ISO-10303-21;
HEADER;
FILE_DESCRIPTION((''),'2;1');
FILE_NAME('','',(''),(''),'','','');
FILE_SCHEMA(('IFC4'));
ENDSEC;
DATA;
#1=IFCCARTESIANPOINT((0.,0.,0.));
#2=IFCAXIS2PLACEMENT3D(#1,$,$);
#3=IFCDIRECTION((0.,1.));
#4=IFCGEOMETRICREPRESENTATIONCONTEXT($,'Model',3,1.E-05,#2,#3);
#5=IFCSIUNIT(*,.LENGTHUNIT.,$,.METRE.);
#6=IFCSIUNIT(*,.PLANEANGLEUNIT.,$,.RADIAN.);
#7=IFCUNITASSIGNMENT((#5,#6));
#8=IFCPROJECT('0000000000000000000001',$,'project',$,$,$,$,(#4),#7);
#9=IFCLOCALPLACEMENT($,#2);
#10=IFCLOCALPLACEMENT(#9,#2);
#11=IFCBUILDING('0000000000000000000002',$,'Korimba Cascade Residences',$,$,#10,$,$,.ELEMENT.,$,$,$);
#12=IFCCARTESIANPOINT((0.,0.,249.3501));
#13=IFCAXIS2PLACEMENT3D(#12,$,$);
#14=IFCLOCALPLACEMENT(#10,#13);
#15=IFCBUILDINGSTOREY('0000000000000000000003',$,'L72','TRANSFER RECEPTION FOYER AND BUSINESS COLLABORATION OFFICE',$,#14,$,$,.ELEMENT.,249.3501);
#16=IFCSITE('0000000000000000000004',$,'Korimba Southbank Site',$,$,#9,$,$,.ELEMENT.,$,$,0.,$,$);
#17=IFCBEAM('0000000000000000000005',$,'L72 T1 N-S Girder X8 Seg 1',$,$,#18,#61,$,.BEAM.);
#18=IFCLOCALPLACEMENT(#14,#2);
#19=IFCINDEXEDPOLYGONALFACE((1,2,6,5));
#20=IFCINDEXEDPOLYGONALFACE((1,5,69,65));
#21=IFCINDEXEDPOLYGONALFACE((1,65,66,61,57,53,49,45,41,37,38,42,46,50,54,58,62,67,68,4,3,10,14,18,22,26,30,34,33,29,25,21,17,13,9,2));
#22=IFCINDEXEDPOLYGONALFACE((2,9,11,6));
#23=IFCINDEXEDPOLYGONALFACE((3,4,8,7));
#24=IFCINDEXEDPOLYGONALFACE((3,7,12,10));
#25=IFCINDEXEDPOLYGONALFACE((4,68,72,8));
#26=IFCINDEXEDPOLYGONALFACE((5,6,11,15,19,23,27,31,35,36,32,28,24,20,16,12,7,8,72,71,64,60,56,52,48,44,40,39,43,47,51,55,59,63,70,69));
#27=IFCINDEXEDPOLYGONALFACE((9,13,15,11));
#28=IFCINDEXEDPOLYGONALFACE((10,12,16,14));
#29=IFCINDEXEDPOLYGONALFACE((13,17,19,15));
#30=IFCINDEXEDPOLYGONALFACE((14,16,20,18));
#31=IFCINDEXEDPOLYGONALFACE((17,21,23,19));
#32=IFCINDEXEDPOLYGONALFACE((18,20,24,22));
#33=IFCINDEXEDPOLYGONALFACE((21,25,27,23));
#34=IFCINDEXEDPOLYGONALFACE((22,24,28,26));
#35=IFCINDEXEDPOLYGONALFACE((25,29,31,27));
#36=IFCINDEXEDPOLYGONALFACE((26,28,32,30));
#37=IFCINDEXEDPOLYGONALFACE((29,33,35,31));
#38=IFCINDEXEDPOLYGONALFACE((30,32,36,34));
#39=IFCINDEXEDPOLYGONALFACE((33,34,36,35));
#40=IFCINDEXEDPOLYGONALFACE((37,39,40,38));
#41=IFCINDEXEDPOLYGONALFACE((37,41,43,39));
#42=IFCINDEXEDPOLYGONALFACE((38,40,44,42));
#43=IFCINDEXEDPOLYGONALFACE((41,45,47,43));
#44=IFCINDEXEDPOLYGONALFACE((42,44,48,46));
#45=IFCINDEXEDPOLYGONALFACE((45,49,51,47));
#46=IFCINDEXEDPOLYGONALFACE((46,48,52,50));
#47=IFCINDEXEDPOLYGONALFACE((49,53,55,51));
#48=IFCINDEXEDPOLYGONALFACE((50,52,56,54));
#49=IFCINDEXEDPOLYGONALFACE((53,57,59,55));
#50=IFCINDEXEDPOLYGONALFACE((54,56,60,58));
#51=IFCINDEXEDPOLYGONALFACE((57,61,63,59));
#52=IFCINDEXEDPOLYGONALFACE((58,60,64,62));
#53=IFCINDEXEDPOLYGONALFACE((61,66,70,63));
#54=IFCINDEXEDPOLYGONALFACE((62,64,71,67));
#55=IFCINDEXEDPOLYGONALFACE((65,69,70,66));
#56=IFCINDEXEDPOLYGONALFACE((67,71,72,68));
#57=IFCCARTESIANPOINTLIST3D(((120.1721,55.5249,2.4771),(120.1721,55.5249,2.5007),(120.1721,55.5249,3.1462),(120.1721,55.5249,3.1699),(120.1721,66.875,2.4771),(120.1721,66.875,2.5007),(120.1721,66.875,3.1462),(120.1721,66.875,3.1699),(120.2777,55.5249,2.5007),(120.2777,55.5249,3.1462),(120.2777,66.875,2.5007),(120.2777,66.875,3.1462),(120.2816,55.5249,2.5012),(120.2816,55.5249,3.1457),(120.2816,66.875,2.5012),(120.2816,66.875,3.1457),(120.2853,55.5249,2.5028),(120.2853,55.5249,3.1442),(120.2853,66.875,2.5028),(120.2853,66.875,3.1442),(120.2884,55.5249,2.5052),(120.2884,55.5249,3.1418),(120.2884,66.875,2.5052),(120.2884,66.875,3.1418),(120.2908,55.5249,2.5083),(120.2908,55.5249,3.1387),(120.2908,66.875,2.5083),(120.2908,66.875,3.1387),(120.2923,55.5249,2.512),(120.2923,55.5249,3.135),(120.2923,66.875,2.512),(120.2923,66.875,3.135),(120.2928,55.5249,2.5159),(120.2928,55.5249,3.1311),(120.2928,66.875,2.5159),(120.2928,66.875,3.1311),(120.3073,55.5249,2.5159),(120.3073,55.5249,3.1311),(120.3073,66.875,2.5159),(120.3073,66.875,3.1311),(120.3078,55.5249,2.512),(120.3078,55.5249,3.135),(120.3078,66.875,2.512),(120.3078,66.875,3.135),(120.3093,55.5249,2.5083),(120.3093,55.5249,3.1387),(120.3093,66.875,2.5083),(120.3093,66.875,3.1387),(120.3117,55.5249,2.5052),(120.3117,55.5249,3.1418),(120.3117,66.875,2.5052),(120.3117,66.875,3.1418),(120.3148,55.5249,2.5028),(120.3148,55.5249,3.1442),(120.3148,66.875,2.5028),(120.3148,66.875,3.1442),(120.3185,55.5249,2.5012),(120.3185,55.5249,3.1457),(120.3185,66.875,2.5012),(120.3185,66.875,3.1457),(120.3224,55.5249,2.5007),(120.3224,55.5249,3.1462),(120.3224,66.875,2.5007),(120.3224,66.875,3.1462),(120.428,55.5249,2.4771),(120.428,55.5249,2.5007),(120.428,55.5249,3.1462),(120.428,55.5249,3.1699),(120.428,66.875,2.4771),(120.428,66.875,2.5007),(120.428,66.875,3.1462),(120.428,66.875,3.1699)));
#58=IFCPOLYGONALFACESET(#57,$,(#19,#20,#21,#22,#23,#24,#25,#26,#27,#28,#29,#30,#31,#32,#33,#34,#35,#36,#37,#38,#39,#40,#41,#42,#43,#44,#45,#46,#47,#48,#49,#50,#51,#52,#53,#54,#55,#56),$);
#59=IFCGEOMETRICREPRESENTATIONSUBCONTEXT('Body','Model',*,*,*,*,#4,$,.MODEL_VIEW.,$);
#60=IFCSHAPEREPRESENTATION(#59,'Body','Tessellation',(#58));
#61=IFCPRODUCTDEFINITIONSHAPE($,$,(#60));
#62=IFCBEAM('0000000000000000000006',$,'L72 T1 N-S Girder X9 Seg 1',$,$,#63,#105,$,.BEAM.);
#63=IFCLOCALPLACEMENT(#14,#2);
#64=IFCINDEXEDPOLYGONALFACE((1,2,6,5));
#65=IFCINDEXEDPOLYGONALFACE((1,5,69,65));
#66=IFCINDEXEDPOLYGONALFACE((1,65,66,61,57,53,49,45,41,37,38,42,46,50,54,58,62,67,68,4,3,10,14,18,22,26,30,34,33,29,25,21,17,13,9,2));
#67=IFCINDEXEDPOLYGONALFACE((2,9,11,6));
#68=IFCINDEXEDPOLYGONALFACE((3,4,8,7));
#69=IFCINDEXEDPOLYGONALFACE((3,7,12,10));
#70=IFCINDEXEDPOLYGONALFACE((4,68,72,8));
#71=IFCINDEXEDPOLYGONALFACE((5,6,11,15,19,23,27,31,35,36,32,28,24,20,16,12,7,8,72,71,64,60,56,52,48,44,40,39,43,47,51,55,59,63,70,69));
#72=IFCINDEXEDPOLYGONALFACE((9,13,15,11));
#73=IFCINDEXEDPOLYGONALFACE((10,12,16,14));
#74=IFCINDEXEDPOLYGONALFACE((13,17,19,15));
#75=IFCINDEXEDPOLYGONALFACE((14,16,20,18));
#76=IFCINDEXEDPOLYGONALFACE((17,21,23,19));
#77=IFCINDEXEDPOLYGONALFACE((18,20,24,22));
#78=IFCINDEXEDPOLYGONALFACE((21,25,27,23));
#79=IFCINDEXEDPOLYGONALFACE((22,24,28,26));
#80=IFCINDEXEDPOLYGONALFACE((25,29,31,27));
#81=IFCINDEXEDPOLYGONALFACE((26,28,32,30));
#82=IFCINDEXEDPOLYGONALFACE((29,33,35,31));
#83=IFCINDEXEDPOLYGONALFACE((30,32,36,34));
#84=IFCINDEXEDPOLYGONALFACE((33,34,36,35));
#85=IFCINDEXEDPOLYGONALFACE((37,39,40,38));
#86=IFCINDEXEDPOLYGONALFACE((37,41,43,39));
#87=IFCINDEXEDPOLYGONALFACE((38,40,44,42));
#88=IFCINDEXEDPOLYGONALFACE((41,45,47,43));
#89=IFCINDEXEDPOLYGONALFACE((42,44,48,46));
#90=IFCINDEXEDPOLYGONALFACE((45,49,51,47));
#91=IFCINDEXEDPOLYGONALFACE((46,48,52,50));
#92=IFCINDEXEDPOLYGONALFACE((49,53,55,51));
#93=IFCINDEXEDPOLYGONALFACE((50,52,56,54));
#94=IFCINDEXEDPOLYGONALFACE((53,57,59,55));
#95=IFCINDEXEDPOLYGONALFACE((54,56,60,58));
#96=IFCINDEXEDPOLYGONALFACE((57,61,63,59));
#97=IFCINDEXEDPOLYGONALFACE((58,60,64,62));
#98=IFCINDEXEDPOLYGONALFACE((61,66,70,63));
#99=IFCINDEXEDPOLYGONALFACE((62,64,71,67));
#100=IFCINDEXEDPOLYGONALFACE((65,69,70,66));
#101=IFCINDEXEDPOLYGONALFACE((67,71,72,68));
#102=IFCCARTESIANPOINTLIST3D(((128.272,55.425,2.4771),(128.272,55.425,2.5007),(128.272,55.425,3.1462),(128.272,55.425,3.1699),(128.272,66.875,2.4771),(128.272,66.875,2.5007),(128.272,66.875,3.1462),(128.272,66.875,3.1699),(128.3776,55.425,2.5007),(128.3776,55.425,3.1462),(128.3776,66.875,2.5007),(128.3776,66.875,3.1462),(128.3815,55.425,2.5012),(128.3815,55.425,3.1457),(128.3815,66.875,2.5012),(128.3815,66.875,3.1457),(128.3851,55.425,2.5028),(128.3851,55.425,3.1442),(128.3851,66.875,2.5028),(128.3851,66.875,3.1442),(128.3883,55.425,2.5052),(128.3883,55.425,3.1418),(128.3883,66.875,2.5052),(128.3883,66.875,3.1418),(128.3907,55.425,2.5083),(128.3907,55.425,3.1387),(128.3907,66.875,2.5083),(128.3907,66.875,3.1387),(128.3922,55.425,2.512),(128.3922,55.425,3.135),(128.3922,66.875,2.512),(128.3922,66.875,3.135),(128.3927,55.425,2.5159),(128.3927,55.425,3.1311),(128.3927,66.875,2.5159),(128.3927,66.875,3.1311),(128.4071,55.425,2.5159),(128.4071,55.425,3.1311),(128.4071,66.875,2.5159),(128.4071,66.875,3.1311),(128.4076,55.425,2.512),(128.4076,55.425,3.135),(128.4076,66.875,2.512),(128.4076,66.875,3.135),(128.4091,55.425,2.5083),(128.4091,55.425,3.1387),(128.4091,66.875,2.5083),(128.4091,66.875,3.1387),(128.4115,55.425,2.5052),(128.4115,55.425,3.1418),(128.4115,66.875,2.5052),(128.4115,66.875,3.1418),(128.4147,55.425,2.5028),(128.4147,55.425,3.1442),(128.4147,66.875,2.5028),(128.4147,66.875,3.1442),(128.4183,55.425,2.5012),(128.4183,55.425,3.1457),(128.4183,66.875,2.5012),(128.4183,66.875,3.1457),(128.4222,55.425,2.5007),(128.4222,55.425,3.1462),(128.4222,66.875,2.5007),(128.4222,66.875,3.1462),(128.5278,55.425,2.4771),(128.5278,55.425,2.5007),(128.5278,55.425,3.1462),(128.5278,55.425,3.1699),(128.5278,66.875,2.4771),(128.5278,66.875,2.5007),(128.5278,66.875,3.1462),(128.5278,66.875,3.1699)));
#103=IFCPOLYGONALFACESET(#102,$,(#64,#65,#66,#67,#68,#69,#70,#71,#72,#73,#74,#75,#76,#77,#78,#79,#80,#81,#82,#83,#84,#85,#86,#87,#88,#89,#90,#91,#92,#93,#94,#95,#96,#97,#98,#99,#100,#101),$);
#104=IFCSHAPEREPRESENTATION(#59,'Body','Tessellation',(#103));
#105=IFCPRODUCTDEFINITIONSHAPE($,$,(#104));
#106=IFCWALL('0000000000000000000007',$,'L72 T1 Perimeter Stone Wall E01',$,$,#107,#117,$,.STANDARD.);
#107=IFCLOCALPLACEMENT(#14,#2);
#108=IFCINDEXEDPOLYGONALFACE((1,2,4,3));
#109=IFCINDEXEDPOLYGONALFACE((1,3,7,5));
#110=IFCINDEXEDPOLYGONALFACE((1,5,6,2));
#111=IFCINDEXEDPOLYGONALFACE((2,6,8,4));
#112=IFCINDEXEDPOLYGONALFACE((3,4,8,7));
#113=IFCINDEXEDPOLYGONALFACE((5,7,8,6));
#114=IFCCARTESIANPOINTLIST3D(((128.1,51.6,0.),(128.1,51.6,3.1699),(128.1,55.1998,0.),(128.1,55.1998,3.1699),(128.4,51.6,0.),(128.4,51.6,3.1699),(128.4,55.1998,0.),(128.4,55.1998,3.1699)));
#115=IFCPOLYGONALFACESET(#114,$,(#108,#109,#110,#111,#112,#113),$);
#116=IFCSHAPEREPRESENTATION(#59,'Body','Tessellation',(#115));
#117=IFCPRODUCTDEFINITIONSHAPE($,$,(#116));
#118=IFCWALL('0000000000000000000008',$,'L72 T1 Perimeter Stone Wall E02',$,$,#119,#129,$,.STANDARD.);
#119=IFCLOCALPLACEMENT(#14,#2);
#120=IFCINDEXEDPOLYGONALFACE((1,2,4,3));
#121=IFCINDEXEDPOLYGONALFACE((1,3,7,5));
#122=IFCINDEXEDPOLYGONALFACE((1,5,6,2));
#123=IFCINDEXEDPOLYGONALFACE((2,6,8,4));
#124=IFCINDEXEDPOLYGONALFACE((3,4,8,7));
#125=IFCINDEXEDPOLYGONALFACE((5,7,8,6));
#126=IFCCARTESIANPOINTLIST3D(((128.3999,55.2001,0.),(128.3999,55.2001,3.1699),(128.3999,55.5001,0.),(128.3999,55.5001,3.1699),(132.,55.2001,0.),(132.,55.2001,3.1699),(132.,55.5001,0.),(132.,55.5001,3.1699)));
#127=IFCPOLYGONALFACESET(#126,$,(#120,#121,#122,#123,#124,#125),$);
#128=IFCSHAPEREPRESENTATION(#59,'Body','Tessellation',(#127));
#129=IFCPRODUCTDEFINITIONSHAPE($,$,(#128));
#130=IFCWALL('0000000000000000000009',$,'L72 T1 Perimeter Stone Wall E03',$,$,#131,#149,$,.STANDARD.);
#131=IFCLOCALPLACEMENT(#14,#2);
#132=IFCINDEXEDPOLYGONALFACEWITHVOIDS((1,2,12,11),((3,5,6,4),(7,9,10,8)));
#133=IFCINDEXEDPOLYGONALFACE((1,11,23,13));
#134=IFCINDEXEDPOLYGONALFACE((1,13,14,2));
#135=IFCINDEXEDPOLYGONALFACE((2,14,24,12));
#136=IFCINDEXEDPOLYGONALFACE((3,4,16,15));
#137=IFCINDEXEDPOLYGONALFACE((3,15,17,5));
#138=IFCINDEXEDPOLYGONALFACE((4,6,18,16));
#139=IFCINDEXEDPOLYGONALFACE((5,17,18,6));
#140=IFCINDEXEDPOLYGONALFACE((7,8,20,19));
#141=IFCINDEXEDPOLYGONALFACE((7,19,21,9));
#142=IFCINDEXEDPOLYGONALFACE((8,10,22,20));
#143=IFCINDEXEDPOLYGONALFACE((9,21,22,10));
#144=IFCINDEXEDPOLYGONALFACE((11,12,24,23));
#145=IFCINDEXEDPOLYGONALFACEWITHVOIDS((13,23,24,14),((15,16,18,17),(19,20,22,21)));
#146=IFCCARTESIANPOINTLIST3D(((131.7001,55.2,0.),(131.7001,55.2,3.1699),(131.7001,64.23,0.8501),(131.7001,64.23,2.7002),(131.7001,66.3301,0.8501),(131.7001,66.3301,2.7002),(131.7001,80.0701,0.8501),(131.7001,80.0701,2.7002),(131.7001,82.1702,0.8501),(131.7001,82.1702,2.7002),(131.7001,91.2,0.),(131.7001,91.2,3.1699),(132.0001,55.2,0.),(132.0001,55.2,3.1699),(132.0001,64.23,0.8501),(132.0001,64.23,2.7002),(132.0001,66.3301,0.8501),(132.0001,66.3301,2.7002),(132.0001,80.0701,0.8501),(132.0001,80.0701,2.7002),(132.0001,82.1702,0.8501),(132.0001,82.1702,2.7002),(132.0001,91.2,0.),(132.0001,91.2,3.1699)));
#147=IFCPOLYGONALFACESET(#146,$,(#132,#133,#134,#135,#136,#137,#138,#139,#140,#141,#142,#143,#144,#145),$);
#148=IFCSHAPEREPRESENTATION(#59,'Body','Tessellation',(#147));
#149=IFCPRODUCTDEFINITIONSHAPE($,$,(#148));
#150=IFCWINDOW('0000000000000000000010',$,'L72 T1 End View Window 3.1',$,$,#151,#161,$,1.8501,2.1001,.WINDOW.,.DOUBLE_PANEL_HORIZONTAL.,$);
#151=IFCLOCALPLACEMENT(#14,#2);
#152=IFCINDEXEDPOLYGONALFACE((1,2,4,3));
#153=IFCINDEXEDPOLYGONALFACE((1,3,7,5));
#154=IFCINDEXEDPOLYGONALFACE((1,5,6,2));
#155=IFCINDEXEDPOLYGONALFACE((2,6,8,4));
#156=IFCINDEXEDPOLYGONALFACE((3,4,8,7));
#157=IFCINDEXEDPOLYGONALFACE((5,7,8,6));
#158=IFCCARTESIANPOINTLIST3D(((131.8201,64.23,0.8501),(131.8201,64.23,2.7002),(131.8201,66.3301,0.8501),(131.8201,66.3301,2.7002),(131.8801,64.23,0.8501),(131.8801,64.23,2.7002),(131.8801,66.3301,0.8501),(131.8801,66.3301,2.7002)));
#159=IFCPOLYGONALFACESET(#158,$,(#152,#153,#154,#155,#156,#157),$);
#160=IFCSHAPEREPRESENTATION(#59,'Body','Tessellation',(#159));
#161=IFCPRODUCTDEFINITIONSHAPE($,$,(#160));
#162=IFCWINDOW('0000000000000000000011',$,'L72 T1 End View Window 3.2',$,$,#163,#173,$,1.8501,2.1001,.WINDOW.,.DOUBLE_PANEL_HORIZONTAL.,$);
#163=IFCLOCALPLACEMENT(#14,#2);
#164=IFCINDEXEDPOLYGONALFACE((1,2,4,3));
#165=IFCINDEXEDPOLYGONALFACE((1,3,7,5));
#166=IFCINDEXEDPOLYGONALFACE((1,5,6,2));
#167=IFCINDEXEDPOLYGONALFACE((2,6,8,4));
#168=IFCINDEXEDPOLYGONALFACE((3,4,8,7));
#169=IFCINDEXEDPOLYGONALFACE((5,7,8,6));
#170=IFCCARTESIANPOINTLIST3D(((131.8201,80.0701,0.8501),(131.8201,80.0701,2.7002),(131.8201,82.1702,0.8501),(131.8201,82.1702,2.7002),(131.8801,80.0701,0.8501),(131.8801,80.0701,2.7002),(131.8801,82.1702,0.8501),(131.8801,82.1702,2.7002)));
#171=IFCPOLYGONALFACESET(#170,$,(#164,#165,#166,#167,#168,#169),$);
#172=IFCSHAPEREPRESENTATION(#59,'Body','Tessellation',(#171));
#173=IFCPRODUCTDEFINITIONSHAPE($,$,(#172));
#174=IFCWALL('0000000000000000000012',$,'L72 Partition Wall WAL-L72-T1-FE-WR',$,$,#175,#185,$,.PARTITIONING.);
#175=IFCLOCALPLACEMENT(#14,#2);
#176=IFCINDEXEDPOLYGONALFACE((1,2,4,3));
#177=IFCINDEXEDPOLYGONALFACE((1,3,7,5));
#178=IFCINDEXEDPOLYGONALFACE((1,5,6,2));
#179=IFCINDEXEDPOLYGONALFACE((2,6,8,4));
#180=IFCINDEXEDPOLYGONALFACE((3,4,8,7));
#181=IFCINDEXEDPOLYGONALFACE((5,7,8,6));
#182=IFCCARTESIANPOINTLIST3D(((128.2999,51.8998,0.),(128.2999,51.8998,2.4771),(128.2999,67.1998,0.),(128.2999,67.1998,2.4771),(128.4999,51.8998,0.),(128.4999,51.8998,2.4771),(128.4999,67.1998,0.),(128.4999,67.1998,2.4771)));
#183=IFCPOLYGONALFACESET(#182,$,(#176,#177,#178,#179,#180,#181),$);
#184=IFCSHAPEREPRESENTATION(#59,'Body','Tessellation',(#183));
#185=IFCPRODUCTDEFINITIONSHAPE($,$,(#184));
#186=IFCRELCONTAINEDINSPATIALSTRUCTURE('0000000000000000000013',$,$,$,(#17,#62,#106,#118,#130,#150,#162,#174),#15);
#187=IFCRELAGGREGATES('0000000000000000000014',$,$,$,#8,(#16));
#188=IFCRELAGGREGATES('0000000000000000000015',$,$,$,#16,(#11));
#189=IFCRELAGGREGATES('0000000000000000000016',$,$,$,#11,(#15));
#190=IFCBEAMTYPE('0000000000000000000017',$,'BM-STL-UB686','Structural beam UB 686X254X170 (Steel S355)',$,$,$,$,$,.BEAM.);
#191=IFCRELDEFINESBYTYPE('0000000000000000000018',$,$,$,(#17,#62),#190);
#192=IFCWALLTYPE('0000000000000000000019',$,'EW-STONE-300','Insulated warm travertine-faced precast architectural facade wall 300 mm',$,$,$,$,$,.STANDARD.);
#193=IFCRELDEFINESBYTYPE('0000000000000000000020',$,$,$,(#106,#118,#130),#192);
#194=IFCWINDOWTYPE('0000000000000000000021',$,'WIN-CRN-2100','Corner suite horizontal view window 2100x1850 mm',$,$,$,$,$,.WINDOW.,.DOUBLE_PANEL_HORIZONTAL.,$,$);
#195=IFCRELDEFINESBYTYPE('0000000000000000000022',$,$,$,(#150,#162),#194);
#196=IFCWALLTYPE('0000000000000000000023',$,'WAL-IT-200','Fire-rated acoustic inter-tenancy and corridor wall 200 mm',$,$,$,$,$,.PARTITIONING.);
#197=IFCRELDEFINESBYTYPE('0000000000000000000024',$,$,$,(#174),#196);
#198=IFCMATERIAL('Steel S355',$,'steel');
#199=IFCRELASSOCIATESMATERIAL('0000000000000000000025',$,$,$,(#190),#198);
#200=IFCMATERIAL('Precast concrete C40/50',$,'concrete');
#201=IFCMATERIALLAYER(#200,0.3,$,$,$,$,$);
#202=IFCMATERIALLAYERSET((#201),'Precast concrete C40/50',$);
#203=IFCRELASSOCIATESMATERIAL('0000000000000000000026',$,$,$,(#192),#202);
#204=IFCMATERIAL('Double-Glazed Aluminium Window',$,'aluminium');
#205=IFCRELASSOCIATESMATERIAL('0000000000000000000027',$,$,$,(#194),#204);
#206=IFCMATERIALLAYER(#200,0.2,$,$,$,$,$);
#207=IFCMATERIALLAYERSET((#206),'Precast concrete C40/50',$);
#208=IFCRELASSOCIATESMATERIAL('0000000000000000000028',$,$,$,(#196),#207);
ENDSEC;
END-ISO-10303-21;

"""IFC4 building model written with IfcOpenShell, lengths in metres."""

from ifc_helpers import new_model, si_unit, direction, frame, frame_2d, origin, origin_2d, place, context, subcontext, project, spatial, rectangle, i_section, extrude, material, layer, layer_set, material_profile, profile_set, type_object, element, fill, save


model = new_model("IFC4")

# Units and contexts
model_context = context("Model", 3, precision=1e-05, world=origin(), true_north=direction((0.0, 1.0)))
body_context = subcontext(model_context, "Body", "Model", "MODEL_VIEW")
ifc_project = project(units=[si_unit("LENGTHUNIT", "METRE"), si_unit("PLANEANGLEUNIT", "RADIAN")], contexts=[model_context])

# Site, building, storey
site_placement = place(None, origin())
site = spatial("IfcSite", under=ifc_project, at=site_placement, Name="Korimba Southbank Site", CompositionType="ELEMENT", RefElevation=0.0)
building_placement = place(site_placement, origin())
building = spatial("IfcBuilding", under=site, at=building_placement, Name="Korimba Cascade Residences", CompositionType="ELEMENT")
storey_placement = place(building_placement, frame((0.0, 0.0, 249.3501)))
storey = spatial("IfcBuildingStorey", under=building, at=storey_placement, Name="L72", Description="TRANSFER RECEPTION FOYER AND BUSINESS COLLABORATION OFFICE", CompositionType="ELEMENT", Elevation=249.3501)

# Beams
ifc_material_1 = material(Name="Steel S355", Category="steel")
ifc_material_profile_1 = material_profile(ifc_material_1, i_section(OverallWidth=0.2559, OverallDepth=0.6929, WebThickness=0.0144, FlangeThickness=0.0237, FilletRadius=0.0151, at=origin_2d()), Name="Steel S355")
ifc_profile_set_1 = profile_set([ifc_material_profile_1], Name="Steel S355")
beam_type_1 = type_object("IfcBeamType", Name="BM-STL-UB686", Description="Structural beam UB 686X254X170 (Steel S355)", PredefinedType="BEAM", material=ifc_profile_set_1)
beam_1_placement = place(storey_placement, frame((120.3, 55.5249, 2.8235), z_axis=(0.0, 1.0, 0.0), x_axis=(-1.0, 0.0, 0.0)))
element("IfcBeam", 1, at=beam_1_placement, inside=storey, type_object=beam_type_1, Name="L72 T1 N-S Girder X8 Seg 1", PredefinedType="BEAM", context=body_context, shape_type="SweptSolid", body=[
    extrude(i_section(OverallWidth=0.2559, OverallDepth=0.6929, WebThickness=0.0144, FlangeThickness=0.0237, FilletRadius=0.0151, at=origin_2d()), origin(), (0.0, 0.0, 1.0), 11.3501),
])
beam_2_placement = place(storey_placement, frame((128.3999, 55.425, 2.8235), z_axis=(0.0, 1.0, 0.0), x_axis=(-1.0, 0.0, 0.0)))
element("IfcBeam", 2, at=beam_2_placement, inside=storey, type_object=beam_type_1, Name="L72 T1 N-S Girder X9 Seg 1", PredefinedType="BEAM", context=body_context, shape_type="SweptSolid", body=[
    extrude(i_section(OverallWidth=0.2559, OverallDepth=0.6929, WebThickness=0.0144, FlangeThickness=0.0237, FilletRadius=0.0151, at=origin_2d()), origin(), (0.0, 0.0, 1.0), 11.45),
])

# Walls
ifc_material_2 = material(Name="Precast concrete C40/50", Category="concrete")
ifc_layer_1 = layer(ifc_material_2, 0.3)
ifc_layer_set_1 = layer_set([ifc_layer_1], Name="Precast concrete C40/50")
wall_type_1 = type_object("IfcWallType", Name="EW-STONE-300", Description="Insulated warm travertine-faced precast architectural facade wall 300 mm", PredefinedType="STANDARD", material=ifc_layer_set_1)
wall_1_placement = place(storey_placement, frame((128.25, 51.6001, 0.0), z_axis=(0.0, 0.0, 1.0), x_axis=(0.0, 1.0, 0.0)))
element("IfcWall", 3, at=wall_1_placement, inside=storey, type_object=wall_type_1, Name="L72 T1 Perimeter Stone Wall E01", PredefinedType="STANDARD", context=body_context, shape_type="SweptSolid", body=[
    extrude(rectangle(XDim=3.5999, YDim=0.3, at=frame_2d((1.7998, 0.0))), origin(), (0.0, 0.0, 1.0), 3.1699),
])
wall_2_placement = place(storey_placement, frame((128.3999, 55.3501, 0.0), z_axis=(0.0, 0.0, 1.0), x_axis=(1.0, 0.0, 0.0)))
element("IfcWall", 4, at=wall_2_placement, inside=storey, type_object=wall_type_1, Name="L72 T1 Perimeter Stone Wall E02", PredefinedType="STANDARD", context=body_context, shape_type="SweptSolid", body=[
    extrude(rectangle(XDim=3.6001, YDim=0.3, at=frame_2d((1.8, 0.0))), origin(), (0.0, 0.0, 1.0), 3.1699),
])

# Wall, openings, windows
wall_3_placement = place(storey_placement, frame((131.8501, 55.2, 0.0), z_axis=(0.0, 0.0, 1.0), x_axis=(0.0, 1.0, 0.0)))
wall_3 = element("IfcWall", 5, at=wall_3_placement, inside=storey, type_object=wall_type_1, Name="L72 T1 Perimeter Stone Wall E03", PredefinedType="STANDARD", context=body_context, shape_type="SweptSolid", body=[
    extrude(rectangle(XDim=36.0, YDim=0.3, at=frame_2d((18.0, 0.0))), origin(), (0.0, 0.0, 1.0), 3.1699),
])
opening_1_placement = place(wall_3_placement, frame((9.03, 0.0, 0.8501)))
opening_1 = element("IfcOpeningElement", 6, at=opening_1_placement, cuts=wall_3, PredefinedType="OPENING", context=body_context, shape_type="SweptSolid", body=[
    extrude(rectangle(XDim=2.1001, YDim=1.8501, at=frame_2d((1.05, 0.925))), frame((0.0, 0.1602, 0.0), z_axis=(0.0, -1.0, 0.0), x_axis=(1.0, 0.0, 0.0)), (0.0, 0.0, 1.0), 0.3201),
])
opening_2_placement = place(wall_3_placement, frame((24.8701, 0.0, 0.8501)))
opening_2 = element("IfcOpeningElement", 7, at=opening_2_placement, cuts=wall_3, PredefinedType="OPENING", context=body_context, shape_type="SweptSolid", body=[
    extrude(rectangle(XDim=2.1001, YDim=1.8501, at=frame_2d((1.05, 0.925))), frame((0.0, 0.1602, 0.0), z_axis=(0.0, -1.0, 0.0), x_axis=(1.0, 0.0, 0.0)), (0.0, 0.0, 1.0), 0.3201),
])
ifc_material_3 = material(Name="Double-Glazed Aluminium Window", Category="aluminium")
window_type = type_object("IfcWindowType", Name="WIN-CRN-2100", Description="Corner suite horizontal view window 2100x1850 mm", PartitioningType="DOUBLE_PANEL_HORIZONTAL", PredefinedType="WINDOW", material=ifc_material_3)
window_1_placement = place(opening_1_placement, origin())
window_1 = element("IfcWindow", 8, at=window_1_placement, inside=storey, type_object=window_type, Name="L72 T1 End View Window 3.1", OverallHeight=1.8501, OverallWidth=2.1001, PartitioningType="DOUBLE_PANEL_HORIZONTAL", PredefinedType="WINDOW", context=body_context, shape_type="SweptSolid", body=[
    extrude(rectangle(XDim=2.1001, YDim=1.8501, at=frame_2d((1.05, 0.925))), frame((0.0, 0.03, 0.0), z_axis=(0.0, -1.0, 0.0), x_axis=(1.0, 0.0, 0.0)), (0.0, 0.0, 1.0), 0.0601),
])
fill(opening_1, window_1)
window_2_placement = place(opening_2_placement, origin())
window_2 = element("IfcWindow", 9, at=window_2_placement, inside=storey, type_object=window_type, Name="L72 T1 End View Window 3.2", OverallHeight=1.8501, OverallWidth=2.1001, PartitioningType="DOUBLE_PANEL_HORIZONTAL", PredefinedType="WINDOW", context=body_context, shape_type="SweptSolid", body=[
    extrude(rectangle(XDim=2.1001, YDim=1.8501, at=frame_2d((1.05, 0.925))), frame((0.0, 0.03, 0.0), z_axis=(0.0, -1.0, 0.0), x_axis=(1.0, 0.0, 0.0)), (0.0, 0.0, 1.0), 0.0601),
])
fill(opening_2, window_2)

# Wall
ifc_layer_2 = layer(ifc_material_2, 0.2)
ifc_layer_set_2 = layer_set([ifc_layer_2], Name="Precast concrete C40/50")
wall_type_2 = type_object("IfcWallType", Name="WAL-IT-200", Description="Fire-rated acoustic inter-tenancy and corridor wall 200 mm", PredefinedType="PARTITIONING", material=ifc_layer_set_2)
wall_4_placement = place(storey_placement, frame((128.3999, 51.8999, 0.0), z_axis=(0.0, 0.0, 1.0), x_axis=(0.0, 1.0, 0.0)))
element("IfcWall", 10, at=wall_4_placement, inside=storey, type_object=wall_type_2, Name="L72 Partition Wall WAL-L72-T1-FE-WR", PredefinedType="PARTITIONING", context=body_context, shape_type="SweptSolid", body=[
    extrude(rectangle(XDim=15.3, YDim=0.2, at=frame_2d((7.6499, 0.0))), origin(), (0.0, 0.0, 1.0), 2.4771),
])

save(model, "model.ifc")
